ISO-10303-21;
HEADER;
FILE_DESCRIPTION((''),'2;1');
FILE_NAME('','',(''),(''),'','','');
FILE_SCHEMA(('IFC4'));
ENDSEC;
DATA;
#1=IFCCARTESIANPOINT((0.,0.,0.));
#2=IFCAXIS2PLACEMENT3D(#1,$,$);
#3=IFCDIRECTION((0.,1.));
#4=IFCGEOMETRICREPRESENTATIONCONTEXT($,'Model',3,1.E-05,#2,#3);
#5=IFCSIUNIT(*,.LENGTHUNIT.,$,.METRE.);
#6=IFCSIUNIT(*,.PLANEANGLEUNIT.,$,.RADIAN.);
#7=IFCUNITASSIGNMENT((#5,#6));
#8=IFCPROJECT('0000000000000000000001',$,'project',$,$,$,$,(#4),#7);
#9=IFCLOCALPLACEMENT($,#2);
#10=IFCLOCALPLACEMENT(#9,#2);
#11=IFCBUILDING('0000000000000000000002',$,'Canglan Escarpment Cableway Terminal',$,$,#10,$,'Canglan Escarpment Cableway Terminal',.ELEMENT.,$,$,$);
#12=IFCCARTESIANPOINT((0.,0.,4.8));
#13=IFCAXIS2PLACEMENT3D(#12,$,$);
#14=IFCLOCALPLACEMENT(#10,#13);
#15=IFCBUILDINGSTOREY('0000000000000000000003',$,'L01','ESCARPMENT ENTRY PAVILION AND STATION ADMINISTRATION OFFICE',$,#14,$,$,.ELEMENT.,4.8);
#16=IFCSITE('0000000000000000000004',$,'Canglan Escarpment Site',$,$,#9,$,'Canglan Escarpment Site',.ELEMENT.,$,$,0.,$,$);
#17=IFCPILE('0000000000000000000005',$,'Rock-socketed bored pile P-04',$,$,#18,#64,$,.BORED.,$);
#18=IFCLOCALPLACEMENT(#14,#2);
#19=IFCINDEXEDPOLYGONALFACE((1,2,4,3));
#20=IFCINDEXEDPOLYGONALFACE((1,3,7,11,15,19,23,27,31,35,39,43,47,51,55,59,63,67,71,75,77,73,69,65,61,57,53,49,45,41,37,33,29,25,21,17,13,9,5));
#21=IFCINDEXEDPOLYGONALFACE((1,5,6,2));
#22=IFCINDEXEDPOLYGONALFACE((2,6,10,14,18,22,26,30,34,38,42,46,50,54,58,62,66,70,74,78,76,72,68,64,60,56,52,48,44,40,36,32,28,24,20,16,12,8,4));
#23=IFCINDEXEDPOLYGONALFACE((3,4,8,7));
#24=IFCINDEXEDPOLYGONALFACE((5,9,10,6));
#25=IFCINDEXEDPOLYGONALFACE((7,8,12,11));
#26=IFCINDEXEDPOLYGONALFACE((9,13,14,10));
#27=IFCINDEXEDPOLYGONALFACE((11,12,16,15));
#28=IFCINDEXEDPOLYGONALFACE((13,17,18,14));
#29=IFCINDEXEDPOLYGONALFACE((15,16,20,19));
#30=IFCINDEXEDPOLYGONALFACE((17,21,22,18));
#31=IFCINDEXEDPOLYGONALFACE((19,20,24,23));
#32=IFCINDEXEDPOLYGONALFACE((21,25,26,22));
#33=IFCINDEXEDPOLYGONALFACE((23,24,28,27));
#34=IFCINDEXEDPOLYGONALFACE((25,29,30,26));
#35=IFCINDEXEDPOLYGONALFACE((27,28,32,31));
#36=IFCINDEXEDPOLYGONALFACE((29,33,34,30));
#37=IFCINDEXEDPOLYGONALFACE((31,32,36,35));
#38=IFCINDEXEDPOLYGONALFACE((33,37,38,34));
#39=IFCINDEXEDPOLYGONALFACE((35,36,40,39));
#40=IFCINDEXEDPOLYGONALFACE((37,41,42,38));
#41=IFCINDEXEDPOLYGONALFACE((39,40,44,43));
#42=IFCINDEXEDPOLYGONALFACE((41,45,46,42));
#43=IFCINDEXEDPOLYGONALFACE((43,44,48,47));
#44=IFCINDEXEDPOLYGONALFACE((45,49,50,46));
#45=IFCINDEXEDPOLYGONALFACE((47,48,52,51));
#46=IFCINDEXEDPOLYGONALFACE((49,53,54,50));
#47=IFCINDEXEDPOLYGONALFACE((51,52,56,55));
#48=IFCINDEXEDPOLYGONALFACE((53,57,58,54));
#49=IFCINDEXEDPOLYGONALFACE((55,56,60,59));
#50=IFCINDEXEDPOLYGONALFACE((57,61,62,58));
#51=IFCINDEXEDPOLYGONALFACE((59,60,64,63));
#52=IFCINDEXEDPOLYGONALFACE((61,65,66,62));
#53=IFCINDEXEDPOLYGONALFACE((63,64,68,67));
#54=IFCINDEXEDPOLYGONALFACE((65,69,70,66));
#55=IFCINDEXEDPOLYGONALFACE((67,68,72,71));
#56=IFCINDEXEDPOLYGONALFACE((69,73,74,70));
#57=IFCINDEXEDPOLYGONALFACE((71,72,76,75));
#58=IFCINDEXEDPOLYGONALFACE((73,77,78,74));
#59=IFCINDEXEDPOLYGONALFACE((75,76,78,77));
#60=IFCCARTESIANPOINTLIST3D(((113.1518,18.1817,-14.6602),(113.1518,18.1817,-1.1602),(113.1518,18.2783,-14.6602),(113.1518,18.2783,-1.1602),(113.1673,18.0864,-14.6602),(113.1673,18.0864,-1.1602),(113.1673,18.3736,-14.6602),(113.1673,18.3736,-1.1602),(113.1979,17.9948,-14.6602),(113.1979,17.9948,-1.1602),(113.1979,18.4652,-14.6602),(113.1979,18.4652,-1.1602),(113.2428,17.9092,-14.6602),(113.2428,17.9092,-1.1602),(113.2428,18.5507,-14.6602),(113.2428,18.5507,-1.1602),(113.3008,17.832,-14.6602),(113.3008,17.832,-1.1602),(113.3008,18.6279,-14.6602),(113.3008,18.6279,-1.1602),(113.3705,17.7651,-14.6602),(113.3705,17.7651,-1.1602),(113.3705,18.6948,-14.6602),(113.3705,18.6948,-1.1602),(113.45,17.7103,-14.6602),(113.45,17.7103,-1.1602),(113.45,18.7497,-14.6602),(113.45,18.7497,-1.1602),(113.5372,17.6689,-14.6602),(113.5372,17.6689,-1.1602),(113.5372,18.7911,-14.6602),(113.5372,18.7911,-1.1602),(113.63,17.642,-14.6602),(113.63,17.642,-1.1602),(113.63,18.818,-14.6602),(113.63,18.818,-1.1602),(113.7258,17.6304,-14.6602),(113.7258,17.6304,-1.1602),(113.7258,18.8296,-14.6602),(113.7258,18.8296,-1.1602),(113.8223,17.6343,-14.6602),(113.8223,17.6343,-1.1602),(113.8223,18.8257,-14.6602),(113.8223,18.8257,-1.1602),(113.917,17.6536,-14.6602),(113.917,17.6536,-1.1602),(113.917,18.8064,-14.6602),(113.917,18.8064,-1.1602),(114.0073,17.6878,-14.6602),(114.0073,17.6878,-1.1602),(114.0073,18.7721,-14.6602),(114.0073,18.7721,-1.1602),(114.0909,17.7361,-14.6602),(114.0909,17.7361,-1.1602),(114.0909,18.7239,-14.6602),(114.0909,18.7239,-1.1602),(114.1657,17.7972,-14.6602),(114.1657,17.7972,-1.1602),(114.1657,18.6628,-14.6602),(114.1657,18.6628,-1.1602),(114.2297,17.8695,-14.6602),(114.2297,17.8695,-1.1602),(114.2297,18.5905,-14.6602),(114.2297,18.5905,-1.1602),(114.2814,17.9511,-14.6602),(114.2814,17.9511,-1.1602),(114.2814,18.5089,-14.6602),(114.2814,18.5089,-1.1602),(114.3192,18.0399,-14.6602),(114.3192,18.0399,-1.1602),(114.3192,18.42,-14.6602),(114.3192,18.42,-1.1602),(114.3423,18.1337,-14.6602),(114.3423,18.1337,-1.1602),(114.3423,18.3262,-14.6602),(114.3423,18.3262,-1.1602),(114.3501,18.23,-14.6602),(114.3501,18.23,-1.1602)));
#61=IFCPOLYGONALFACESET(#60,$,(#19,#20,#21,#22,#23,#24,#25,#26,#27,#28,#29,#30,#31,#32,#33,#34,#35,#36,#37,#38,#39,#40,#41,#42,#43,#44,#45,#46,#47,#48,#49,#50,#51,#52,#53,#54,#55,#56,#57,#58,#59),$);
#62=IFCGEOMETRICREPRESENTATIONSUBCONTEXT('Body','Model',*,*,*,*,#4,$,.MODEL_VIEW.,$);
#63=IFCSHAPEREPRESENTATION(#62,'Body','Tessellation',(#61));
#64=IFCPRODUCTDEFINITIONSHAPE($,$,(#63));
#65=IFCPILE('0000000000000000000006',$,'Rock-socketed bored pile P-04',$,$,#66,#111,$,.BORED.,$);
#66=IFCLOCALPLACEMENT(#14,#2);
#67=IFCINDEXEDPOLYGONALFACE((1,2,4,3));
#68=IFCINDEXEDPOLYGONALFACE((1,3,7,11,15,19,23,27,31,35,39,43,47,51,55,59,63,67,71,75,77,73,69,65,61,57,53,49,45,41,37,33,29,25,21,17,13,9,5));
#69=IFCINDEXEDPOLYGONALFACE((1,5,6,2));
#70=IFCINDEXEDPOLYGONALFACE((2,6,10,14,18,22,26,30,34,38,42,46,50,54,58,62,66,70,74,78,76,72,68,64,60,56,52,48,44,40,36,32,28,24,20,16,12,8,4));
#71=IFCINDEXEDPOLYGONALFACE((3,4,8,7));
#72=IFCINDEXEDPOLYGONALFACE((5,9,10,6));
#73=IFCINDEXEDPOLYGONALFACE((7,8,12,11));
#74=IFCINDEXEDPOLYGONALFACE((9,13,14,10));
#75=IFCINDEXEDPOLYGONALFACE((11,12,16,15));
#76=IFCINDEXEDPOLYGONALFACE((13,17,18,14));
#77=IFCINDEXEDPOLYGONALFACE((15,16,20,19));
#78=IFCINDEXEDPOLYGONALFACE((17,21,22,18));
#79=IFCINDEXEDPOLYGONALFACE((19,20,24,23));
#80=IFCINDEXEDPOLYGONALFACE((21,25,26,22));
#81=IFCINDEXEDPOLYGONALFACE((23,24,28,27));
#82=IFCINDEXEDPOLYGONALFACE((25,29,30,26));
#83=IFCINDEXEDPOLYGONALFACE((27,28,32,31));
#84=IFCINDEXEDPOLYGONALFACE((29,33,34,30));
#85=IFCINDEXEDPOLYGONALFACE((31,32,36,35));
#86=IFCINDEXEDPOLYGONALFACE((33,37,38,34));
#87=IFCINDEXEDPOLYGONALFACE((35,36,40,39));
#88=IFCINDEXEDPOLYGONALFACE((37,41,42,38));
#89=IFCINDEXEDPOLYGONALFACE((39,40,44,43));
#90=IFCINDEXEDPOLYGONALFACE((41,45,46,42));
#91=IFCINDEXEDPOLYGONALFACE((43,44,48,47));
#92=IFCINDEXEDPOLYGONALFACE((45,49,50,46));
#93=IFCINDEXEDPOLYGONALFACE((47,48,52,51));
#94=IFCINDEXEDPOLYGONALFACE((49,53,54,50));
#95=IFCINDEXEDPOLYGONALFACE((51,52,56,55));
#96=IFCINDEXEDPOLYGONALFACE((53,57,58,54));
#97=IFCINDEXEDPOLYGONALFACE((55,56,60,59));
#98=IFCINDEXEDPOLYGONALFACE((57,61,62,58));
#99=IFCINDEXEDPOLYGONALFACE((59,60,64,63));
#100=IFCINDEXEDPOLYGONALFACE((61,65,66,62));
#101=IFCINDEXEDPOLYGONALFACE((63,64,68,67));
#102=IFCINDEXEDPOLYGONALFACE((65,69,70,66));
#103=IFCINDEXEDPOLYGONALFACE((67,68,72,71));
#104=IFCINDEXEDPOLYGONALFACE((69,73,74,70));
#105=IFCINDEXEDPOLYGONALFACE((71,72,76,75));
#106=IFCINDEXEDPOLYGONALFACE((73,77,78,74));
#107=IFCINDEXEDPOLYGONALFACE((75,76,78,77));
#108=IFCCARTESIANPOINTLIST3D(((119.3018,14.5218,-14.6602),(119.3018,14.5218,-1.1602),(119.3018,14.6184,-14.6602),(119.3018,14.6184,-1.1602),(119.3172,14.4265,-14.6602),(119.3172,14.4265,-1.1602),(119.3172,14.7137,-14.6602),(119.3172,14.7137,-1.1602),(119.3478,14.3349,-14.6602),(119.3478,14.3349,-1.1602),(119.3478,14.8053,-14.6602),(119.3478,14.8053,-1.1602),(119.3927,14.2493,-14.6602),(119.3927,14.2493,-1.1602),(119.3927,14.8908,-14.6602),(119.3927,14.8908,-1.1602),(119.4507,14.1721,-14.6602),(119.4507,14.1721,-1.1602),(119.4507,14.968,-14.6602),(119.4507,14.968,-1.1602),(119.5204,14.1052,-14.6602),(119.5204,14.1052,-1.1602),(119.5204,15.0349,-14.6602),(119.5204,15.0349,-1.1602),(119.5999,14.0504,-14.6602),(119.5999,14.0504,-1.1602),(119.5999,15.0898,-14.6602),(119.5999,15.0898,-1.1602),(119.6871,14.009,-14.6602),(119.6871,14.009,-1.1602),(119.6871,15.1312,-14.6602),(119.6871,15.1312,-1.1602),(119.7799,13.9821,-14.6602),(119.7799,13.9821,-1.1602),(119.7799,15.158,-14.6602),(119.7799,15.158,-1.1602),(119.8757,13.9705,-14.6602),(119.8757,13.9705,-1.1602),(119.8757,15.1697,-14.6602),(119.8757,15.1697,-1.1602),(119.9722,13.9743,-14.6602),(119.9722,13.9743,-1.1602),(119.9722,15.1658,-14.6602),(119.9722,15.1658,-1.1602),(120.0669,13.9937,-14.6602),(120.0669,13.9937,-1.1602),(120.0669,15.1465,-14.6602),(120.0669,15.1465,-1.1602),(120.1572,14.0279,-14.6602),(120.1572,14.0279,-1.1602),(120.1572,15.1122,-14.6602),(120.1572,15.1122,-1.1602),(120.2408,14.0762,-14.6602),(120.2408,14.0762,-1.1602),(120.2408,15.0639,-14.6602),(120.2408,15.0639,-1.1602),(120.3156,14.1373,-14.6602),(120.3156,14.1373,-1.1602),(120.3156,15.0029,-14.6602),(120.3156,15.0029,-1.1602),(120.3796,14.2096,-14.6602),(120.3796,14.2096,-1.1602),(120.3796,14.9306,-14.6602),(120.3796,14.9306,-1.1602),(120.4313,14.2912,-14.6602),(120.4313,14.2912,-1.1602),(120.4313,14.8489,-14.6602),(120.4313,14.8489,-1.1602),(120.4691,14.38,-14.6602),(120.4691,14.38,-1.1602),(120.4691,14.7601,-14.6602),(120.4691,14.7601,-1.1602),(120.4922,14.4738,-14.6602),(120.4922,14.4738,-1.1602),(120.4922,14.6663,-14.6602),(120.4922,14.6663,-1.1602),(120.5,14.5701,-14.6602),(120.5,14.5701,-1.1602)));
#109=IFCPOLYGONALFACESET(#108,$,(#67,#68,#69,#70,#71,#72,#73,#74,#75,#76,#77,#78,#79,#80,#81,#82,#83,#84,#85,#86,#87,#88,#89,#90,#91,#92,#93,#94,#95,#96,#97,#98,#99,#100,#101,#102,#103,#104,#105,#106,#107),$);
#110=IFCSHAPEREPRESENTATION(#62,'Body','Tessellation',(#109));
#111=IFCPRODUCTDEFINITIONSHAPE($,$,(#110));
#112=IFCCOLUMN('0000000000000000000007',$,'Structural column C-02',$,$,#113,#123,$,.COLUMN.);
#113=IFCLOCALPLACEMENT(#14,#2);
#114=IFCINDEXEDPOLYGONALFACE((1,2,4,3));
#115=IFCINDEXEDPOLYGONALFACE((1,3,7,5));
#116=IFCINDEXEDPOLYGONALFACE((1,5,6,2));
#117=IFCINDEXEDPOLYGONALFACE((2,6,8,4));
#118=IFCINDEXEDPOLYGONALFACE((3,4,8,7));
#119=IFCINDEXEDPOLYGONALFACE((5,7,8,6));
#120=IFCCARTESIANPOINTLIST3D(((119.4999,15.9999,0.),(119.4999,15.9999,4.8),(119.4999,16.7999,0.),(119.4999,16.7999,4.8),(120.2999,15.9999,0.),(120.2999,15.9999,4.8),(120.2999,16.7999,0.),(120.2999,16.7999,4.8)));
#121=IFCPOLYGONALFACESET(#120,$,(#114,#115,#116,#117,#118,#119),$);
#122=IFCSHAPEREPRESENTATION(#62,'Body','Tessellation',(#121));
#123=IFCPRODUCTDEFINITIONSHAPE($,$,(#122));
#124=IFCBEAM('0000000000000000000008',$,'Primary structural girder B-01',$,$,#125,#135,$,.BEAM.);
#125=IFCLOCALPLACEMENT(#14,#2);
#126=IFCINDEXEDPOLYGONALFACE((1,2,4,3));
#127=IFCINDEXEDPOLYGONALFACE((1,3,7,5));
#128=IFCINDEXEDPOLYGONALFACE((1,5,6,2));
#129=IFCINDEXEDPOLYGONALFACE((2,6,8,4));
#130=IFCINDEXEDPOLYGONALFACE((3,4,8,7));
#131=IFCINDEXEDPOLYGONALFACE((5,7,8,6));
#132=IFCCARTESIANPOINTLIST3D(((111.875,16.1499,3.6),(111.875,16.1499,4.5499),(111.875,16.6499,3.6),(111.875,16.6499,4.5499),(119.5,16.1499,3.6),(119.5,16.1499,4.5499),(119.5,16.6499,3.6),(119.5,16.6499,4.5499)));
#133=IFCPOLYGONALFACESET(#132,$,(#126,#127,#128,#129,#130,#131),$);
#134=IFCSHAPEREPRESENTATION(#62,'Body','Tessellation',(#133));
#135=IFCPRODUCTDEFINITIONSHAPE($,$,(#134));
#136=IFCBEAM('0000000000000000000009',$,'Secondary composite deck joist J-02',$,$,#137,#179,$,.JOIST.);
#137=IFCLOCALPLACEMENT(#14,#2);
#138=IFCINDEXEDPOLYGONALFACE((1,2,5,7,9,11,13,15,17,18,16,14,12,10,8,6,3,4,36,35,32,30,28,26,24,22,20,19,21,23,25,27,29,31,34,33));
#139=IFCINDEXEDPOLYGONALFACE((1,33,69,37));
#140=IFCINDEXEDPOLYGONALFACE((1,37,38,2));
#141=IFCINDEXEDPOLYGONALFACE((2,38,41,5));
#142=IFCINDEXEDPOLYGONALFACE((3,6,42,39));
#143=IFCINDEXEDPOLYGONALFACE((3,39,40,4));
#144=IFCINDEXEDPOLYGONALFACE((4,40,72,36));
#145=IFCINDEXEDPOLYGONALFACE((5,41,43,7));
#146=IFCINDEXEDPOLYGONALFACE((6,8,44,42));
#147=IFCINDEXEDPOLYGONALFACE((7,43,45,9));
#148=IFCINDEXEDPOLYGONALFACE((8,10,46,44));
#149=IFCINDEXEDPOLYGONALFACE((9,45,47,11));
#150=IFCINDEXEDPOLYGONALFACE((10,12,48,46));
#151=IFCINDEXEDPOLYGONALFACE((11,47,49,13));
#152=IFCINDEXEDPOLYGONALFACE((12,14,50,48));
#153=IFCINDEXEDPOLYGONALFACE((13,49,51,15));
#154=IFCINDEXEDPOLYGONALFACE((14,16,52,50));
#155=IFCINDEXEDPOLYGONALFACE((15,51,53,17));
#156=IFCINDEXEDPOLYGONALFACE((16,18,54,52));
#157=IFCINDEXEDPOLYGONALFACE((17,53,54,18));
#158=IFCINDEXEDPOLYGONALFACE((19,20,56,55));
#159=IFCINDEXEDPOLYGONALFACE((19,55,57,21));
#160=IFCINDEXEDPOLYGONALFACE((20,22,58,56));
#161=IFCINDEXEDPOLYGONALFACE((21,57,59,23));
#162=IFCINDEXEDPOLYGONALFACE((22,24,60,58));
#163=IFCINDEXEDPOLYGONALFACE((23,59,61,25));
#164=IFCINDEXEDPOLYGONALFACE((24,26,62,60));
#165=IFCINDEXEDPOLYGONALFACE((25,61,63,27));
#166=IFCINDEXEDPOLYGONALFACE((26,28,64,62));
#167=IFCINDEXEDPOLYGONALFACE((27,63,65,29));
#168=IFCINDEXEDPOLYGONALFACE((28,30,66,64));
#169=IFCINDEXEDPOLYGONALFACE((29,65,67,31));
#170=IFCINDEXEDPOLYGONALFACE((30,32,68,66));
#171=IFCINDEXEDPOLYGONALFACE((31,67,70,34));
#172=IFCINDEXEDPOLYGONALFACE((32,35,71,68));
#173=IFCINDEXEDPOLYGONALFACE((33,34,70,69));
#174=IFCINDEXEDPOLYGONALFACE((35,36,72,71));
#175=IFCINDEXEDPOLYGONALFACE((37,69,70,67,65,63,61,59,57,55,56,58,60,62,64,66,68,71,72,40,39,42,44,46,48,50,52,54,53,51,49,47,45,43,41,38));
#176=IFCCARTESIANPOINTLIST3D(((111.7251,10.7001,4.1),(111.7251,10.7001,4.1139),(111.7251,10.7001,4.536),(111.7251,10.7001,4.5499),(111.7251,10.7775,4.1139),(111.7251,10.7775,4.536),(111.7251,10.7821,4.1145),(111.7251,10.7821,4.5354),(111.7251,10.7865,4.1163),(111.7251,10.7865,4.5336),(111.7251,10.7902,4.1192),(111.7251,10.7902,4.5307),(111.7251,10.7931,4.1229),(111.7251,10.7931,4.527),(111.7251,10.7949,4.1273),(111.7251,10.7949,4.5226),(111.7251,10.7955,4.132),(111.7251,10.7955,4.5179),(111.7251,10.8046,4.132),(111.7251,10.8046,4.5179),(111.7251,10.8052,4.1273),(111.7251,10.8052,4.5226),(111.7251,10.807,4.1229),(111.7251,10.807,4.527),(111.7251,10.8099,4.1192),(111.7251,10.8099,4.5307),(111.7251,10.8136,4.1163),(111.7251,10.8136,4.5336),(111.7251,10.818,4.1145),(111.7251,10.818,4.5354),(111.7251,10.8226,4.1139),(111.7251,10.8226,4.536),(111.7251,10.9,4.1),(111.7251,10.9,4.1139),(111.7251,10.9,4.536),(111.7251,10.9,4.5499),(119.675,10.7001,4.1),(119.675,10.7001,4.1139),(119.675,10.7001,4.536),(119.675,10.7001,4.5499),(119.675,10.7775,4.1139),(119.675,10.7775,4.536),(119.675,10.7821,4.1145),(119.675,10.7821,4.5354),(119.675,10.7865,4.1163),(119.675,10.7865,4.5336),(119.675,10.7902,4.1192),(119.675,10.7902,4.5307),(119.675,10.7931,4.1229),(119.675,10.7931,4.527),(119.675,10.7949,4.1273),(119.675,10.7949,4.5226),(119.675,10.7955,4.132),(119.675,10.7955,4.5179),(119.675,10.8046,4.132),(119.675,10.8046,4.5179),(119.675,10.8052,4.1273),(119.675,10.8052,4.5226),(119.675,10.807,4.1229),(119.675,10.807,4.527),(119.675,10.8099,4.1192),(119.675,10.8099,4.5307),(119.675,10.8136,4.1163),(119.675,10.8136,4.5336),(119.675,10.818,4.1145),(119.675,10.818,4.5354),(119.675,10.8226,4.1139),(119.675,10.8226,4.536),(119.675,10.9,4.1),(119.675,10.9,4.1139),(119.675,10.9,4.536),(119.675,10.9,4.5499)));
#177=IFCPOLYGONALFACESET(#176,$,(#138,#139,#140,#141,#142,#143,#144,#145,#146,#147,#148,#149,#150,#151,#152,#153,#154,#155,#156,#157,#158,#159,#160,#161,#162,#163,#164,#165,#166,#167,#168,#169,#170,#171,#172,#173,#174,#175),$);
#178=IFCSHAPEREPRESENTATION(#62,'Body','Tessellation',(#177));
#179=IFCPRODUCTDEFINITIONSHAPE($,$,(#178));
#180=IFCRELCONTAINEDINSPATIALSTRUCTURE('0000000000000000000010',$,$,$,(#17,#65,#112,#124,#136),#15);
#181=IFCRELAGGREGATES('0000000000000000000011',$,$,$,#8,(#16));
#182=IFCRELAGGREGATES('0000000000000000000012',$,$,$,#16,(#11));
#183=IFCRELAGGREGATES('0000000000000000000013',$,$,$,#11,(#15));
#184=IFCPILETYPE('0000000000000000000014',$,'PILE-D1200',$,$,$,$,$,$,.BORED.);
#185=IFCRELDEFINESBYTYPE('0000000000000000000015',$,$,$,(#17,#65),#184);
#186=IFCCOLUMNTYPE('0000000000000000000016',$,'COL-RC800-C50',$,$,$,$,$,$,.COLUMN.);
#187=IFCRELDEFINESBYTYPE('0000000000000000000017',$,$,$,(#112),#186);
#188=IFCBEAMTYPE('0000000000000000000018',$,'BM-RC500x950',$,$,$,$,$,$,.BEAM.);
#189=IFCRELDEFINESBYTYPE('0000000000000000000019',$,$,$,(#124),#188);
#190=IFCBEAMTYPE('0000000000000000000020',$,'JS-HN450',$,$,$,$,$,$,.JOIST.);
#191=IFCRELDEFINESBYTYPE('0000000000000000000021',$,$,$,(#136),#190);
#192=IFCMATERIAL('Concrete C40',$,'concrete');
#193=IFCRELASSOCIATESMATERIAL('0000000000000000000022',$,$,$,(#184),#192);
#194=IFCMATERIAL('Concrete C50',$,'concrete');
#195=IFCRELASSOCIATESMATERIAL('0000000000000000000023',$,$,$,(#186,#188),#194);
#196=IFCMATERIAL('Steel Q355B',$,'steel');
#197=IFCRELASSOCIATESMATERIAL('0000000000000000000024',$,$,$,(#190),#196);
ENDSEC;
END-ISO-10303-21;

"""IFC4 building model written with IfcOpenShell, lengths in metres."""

from ifc_helpers import new_model, si_unit, direction, frame, origin, origin_2d, place, context, subcontext, project, spatial, rectangle, circle, i_section, extrude, material, material_profile, profile_set, type_object, element, save


model = new_model("IFC4")

# Units and contexts
model_context = context("Model", 3, precision=1e-05, world=origin(), true_north=direction((0.0, 1.0)))
body_context = subcontext(model_context, "Body", "Model", "MODEL_VIEW")
ifc_project = project(units=[si_unit("LENGTHUNIT", "METRE"), si_unit("PLANEANGLEUNIT", "RADIAN")], contexts=[model_context])

# Site, building, storey
site_placement = place(None, origin())
site = spatial("IfcSite", under=ifc_project, at=site_placement, Name="Canglan Escarpment Site", LongName="Canglan Escarpment Site", CompositionType="ELEMENT", RefElevation=0.0)
building_placement = place(site_placement, origin())
building = spatial("IfcBuilding", under=site, at=building_placement, Name="Canglan Escarpment Cableway Terminal", LongName="Canglan Escarpment Cableway Terminal", CompositionType="ELEMENT")
storey_placement = place(building_placement, frame((0.0, 0.0, 4.8)))
storey = spatial("IfcBuildingStorey", under=building, at=storey_placement, Name="L01", Description="ESCARPMENT ENTRY PAVILION AND STATION ADMINISTRATION OFFICE", CompositionType="ELEMENT", Elevation=4.8)

# Shared definitions
ifc_material_1 = material(Name="Concrete C40", Category="concrete")

# Piles
ifc_material_profile_1 = material_profile(ifc_material_1, circle(Radius=0.6001, at=origin_2d()), Name="BORED PILE D1200")
ifc_profile_set_1 = profile_set([ifc_material_profile_1], Name="Concrete C40")
pile_type = type_object("IfcPileType", Name="PILE-D1200", PredefinedType="BORED", material=ifc_profile_set_1)
for number, where, z_axis, x_axis, name in (
    (1, (113.75, 18.23, -1.1602), (0.0, 0.0, -1.0), (1.0, 0.0, 0.0), "Rock-socketed bored pile P-04"),
    (2, (119.8999, 14.5701, -1.1602), (0.0, 0.0, -1.0), (1.0, 0.0, 0.0), "Rock-socketed bored pile P-04"),
):
    element("IfcPile", number, at=place(storey_placement, frame(where, z_axis=z_axis, x_axis=x_axis)), inside=storey, type_object=pile_type, Name=name, PredefinedType="BORED", context=body_context, shape_type="SweptSolid", body=[
        extrude(circle(Radius=0.6001, at=origin_2d()), origin(), (0.0, 0.0, 1.0), 13.5),
    ])

# Column
ifc_material_2 = material(Name="Concrete C50", Category="concrete")
ifc_material_profile_2 = material_profile(ifc_material_2, rectangle(XDim=0.8, YDim=0.8, at=origin_2d()), Name="RC 800x800")
ifc_profile_set_2 = profile_set([ifc_material_profile_2], Name="Concrete C50")
column_type = type_object("IfcColumnType", Name="COL-RC800-C50", PredefinedType="COLUMN", material=ifc_profile_set_2)
column_placement = place(storey_placement, frame((119.8999, 16.3999, 0.0), z_axis=(0.0, 0.0, 1.0), x_axis=(1.0, 0.0, 0.0)))
element("IfcColumn", 3, at=column_placement, inside=storey, type_object=column_type, Name="Structural column C-02", PredefinedType="COLUMN", context=body_context, shape_type="SweptSolid", body=[
    extrude(rectangle(XDim=0.8, YDim=0.8, at=origin_2d()), origin(), (0.0, 0.0, 1.0), 4.8),
])

# Beams
ifc_material_profile_3 = material_profile(ifc_material_2, rectangle(XDim=0.5, YDim=0.95, at=origin_2d()), Name="RC 500x950")
ifc_profile_set_3 = profile_set([ifc_material_profile_3], Name="Concrete C50")
beam_type_1 = type_object("IfcBeamType", Name="BM-RC500x950", PredefinedType="BEAM", material=ifc_profile_set_3)
beam_placement = place(storey_placement, frame((111.875, 16.3999, 4.075), z_axis=(1.0, 0.0, 0.0), x_axis=(0.0, 1.0, 0.0)))
element("IfcBeam", 4, at=beam_placement, inside=storey, type_object=beam_type_1, Name="Primary structural girder B-01", PredefinedType="BEAM", context=body_context, shape_type="SweptSolid", body=[
    extrude(rectangle(XDim=0.5, YDim=0.95, at=origin_2d()), origin(), (0.0, 0.0, 1.0), 7.625),
])
ifc_material_3 = material(Name="Steel Q355B", Category="steel")
ifc_material_profile_4 = material_profile(ifc_material_3, i_section(OverallWidth=0.2, OverallDepth=0.45, WebThickness=0.009, FlangeThickness=0.0139, FilletRadius=0.0181, at=origin_2d()), Name="HN 450x200x9x14")
ifc_profile_set_4 = profile_set([ifc_material_profile_4], Name="Steel Q355B")
beam_type_2 = type_object("IfcBeamType", Name="JS-HN450", PredefinedType="JOIST", material=ifc_profile_set_4)
for number, where, z_axis, x_axis, name in (
    (5, (111.7251, 10.8, 4.325), (1.0, 0.0, 0.0), (0.0, 1.0, 0.0), "Secondary composite deck joist J-02"),
):
    element("IfcBeam", number, at=place(storey_placement, frame(where, z_axis=z_axis, x_axis=x_axis)), inside=storey, type_object=beam_type_2, Name=name, PredefinedType="JOIST", context=body_context, shape_type="SweptSolid", body=[
        extrude(i_section(OverallWidth=0.2, OverallDepth=0.45, WebThickness=0.009, FlangeThickness=0.0139, FilletRadius=0.0181, at=origin_2d()), origin(), (0.0, 0.0, 1.0), 7.95),
    ])

save(model, "model.ifc")
